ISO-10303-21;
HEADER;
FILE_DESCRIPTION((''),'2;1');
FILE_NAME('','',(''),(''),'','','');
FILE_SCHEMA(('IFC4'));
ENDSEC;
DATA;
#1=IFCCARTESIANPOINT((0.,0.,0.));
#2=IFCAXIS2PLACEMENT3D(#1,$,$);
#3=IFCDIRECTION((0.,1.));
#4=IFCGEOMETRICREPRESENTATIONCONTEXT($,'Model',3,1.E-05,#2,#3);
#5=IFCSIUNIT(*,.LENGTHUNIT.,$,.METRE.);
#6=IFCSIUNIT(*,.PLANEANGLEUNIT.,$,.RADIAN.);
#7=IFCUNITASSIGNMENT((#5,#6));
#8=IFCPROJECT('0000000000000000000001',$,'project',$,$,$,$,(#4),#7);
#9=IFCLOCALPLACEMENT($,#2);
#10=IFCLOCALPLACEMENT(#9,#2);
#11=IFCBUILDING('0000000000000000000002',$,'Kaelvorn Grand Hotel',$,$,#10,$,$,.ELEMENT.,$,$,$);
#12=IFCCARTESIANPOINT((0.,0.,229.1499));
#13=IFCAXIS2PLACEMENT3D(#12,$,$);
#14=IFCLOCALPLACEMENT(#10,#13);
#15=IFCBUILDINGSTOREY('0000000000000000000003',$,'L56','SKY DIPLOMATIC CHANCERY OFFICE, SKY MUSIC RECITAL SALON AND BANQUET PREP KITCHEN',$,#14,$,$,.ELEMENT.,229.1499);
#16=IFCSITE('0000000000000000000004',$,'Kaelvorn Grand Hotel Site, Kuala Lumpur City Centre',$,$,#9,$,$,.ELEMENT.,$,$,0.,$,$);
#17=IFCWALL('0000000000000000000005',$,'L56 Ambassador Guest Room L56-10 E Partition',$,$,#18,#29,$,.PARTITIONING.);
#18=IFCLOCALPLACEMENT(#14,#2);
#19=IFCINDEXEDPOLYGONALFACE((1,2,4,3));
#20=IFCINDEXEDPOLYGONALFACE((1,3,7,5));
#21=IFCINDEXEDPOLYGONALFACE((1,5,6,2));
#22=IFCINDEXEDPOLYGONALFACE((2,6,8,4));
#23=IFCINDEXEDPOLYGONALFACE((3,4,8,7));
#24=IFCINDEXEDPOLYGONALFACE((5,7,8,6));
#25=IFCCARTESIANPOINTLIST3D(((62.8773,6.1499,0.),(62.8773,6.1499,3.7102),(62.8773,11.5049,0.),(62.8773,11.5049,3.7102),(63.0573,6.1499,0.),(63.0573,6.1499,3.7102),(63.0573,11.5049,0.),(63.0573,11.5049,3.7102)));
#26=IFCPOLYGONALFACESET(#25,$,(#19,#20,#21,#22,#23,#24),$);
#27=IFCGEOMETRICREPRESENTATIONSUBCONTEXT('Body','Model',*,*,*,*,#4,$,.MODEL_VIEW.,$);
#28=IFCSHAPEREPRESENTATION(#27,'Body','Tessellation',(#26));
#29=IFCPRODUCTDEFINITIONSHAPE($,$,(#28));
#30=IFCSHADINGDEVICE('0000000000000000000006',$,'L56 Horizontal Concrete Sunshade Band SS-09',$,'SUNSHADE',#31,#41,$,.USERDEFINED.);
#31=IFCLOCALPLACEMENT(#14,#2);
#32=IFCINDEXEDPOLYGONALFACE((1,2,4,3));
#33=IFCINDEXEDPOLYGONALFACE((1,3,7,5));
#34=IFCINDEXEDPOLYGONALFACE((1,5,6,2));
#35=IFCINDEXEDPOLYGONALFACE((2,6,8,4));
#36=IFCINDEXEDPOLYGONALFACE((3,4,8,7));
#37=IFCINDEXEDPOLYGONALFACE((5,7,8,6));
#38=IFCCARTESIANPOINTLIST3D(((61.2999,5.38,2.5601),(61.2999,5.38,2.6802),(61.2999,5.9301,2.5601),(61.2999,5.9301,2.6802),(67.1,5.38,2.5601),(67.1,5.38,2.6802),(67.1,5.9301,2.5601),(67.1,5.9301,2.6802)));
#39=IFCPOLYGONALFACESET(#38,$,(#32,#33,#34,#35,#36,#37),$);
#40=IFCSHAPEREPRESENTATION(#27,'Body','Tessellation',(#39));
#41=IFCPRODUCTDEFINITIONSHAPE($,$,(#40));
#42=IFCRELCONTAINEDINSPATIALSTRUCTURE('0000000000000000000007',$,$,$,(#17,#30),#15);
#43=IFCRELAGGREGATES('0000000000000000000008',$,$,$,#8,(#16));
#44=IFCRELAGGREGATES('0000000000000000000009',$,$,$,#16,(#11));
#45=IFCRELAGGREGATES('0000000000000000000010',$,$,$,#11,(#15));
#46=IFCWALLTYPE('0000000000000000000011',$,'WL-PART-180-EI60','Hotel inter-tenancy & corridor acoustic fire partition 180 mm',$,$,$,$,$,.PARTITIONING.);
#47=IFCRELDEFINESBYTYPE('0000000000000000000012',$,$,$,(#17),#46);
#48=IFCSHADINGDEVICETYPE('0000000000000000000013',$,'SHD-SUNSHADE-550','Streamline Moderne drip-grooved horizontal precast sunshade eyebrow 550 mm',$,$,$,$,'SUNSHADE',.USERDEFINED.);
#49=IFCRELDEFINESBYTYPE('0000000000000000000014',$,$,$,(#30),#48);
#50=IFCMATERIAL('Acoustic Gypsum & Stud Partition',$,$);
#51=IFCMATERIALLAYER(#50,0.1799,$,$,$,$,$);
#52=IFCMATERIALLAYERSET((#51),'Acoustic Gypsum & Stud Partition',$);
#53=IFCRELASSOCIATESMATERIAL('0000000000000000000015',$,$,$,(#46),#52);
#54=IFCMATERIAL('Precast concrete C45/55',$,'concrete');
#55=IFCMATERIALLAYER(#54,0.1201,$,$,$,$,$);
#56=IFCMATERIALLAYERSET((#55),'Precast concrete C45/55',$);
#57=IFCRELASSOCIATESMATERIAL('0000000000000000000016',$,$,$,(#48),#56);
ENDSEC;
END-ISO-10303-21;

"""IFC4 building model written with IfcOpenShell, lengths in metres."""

from ifc_helpers import new_model, si_unit, direction, frame, frame_2d, origin, origin_2d, place, context, subcontext, project, spatial, rectangle, extrude, material, layer, layer_set, type_object, element, save


model = new_model("IFC4")

# Units and contexts
model_context = context("Model", 3, precision=1e-05, world=origin(), true_north=direction((0.0, 1.0)))
body_context = subcontext(model_context, "Body", "Model", "MODEL_VIEW")
ifc_project = project(units=[si_unit("LENGTHUNIT", "METRE"), si_unit("PLANEANGLEUNIT", "RADIAN")], contexts=[model_context])

# Site, building, storey
site_placement = place(None, origin())
site = spatial("IfcSite", under=ifc_project, at=site_placement, Name="Kaelvorn Grand Hotel Site, Kuala Lumpur City Centre", CompositionType="ELEMENT", RefElevation=0.0)
building_placement = place(site_placement, origin())
building = spatial("IfcBuilding", under=site, at=building_placement, Name="Kaelvorn Grand Hotel", CompositionType="ELEMENT")
storey_placement = place(building_placement, frame((0.0, 0.0, 229.1499)))
storey = spatial("IfcBuildingStorey", under=building, at=storey_placement, Name="L56", Description="SKY DIPLOMATIC CHANCERY OFFICE, SKY MUSIC RECITAL SALON AND BANQUET PREP KITCHEN", CompositionType="ELEMENT", Elevation=229.1499)

# Wall
ifc_material_1 = material(Name="Acoustic Gypsum & Stud Partition")
ifc_layer_1 = layer(ifc_material_1, 0.1799)
ifc_layer_set_1 = layer_set([ifc_layer_1], Name="Acoustic Gypsum & Stud Partition")
wall_type_1 = type_object("IfcWallType", Name="WL-PART-180-EI60", Description="Hotel inter-tenancy & corridor acoustic fire partition 180 mm", PredefinedType="PARTITIONING", material=ifc_layer_set_1)
wall_1_placement = place(storey_placement, frame((62.9673, 6.1499, 0.0), z_axis=(0.0, 0.0, 1.0), x_axis=(0.0, 1.0, 0.0)))
element("IfcWall", 1, at=wall_1_placement, inside=storey, type_object=wall_type_1, Name="L56 Ambassador Guest Room L56-10 E Partition", PredefinedType="PARTITIONING", context=body_context, shape_type="SweptSolid", body=[
    extrude(rectangle(XDim=5.355, YDim=0.1799, at=frame_2d((2.6775, 0.0))), origin(), (0.0, 0.0, 1.0), 3.7102),
])

# Shading device
ifc_material_2 = material(Name="Precast concrete C45/55", Category="concrete")
ifc_layer_2 = layer(ifc_material_2, 0.1201)
ifc_layer_set_2 = layer_set([ifc_layer_2], Name="Precast concrete C45/55")
shading_device_type = type_object("IfcShadingDeviceType", Name="SHD-SUNSHADE-550", Description="Streamline Moderne drip-grooved horizontal precast sunshade eyebrow 550 mm", ElementType="SUNSHADE", PredefinedType="USERDEFINED", material=ifc_layer_set_2)
shading_device_placement = place(storey_placement, frame((64.2, 5.655, 2.5601), z_axis=(0.0, 0.0, 1.0), x_axis=(1.0, 0.0, 0.0)))
element("IfcShadingDevice", 2, at=shading_device_placement, inside=storey, type_object=shading_device_type, Name="L56 Horizontal Concrete Sunshade Band SS-09", ObjectType="SUNSHADE", PredefinedType="USERDEFINED", context=body_context, shape_type="SweptSolid", body=[
    extrude(rectangle(XDim=5.8, YDim=0.55, at=origin_2d()), origin(), (0.0, 0.0, 1.0), 0.1201),
])

save(model, "model.ifc")
